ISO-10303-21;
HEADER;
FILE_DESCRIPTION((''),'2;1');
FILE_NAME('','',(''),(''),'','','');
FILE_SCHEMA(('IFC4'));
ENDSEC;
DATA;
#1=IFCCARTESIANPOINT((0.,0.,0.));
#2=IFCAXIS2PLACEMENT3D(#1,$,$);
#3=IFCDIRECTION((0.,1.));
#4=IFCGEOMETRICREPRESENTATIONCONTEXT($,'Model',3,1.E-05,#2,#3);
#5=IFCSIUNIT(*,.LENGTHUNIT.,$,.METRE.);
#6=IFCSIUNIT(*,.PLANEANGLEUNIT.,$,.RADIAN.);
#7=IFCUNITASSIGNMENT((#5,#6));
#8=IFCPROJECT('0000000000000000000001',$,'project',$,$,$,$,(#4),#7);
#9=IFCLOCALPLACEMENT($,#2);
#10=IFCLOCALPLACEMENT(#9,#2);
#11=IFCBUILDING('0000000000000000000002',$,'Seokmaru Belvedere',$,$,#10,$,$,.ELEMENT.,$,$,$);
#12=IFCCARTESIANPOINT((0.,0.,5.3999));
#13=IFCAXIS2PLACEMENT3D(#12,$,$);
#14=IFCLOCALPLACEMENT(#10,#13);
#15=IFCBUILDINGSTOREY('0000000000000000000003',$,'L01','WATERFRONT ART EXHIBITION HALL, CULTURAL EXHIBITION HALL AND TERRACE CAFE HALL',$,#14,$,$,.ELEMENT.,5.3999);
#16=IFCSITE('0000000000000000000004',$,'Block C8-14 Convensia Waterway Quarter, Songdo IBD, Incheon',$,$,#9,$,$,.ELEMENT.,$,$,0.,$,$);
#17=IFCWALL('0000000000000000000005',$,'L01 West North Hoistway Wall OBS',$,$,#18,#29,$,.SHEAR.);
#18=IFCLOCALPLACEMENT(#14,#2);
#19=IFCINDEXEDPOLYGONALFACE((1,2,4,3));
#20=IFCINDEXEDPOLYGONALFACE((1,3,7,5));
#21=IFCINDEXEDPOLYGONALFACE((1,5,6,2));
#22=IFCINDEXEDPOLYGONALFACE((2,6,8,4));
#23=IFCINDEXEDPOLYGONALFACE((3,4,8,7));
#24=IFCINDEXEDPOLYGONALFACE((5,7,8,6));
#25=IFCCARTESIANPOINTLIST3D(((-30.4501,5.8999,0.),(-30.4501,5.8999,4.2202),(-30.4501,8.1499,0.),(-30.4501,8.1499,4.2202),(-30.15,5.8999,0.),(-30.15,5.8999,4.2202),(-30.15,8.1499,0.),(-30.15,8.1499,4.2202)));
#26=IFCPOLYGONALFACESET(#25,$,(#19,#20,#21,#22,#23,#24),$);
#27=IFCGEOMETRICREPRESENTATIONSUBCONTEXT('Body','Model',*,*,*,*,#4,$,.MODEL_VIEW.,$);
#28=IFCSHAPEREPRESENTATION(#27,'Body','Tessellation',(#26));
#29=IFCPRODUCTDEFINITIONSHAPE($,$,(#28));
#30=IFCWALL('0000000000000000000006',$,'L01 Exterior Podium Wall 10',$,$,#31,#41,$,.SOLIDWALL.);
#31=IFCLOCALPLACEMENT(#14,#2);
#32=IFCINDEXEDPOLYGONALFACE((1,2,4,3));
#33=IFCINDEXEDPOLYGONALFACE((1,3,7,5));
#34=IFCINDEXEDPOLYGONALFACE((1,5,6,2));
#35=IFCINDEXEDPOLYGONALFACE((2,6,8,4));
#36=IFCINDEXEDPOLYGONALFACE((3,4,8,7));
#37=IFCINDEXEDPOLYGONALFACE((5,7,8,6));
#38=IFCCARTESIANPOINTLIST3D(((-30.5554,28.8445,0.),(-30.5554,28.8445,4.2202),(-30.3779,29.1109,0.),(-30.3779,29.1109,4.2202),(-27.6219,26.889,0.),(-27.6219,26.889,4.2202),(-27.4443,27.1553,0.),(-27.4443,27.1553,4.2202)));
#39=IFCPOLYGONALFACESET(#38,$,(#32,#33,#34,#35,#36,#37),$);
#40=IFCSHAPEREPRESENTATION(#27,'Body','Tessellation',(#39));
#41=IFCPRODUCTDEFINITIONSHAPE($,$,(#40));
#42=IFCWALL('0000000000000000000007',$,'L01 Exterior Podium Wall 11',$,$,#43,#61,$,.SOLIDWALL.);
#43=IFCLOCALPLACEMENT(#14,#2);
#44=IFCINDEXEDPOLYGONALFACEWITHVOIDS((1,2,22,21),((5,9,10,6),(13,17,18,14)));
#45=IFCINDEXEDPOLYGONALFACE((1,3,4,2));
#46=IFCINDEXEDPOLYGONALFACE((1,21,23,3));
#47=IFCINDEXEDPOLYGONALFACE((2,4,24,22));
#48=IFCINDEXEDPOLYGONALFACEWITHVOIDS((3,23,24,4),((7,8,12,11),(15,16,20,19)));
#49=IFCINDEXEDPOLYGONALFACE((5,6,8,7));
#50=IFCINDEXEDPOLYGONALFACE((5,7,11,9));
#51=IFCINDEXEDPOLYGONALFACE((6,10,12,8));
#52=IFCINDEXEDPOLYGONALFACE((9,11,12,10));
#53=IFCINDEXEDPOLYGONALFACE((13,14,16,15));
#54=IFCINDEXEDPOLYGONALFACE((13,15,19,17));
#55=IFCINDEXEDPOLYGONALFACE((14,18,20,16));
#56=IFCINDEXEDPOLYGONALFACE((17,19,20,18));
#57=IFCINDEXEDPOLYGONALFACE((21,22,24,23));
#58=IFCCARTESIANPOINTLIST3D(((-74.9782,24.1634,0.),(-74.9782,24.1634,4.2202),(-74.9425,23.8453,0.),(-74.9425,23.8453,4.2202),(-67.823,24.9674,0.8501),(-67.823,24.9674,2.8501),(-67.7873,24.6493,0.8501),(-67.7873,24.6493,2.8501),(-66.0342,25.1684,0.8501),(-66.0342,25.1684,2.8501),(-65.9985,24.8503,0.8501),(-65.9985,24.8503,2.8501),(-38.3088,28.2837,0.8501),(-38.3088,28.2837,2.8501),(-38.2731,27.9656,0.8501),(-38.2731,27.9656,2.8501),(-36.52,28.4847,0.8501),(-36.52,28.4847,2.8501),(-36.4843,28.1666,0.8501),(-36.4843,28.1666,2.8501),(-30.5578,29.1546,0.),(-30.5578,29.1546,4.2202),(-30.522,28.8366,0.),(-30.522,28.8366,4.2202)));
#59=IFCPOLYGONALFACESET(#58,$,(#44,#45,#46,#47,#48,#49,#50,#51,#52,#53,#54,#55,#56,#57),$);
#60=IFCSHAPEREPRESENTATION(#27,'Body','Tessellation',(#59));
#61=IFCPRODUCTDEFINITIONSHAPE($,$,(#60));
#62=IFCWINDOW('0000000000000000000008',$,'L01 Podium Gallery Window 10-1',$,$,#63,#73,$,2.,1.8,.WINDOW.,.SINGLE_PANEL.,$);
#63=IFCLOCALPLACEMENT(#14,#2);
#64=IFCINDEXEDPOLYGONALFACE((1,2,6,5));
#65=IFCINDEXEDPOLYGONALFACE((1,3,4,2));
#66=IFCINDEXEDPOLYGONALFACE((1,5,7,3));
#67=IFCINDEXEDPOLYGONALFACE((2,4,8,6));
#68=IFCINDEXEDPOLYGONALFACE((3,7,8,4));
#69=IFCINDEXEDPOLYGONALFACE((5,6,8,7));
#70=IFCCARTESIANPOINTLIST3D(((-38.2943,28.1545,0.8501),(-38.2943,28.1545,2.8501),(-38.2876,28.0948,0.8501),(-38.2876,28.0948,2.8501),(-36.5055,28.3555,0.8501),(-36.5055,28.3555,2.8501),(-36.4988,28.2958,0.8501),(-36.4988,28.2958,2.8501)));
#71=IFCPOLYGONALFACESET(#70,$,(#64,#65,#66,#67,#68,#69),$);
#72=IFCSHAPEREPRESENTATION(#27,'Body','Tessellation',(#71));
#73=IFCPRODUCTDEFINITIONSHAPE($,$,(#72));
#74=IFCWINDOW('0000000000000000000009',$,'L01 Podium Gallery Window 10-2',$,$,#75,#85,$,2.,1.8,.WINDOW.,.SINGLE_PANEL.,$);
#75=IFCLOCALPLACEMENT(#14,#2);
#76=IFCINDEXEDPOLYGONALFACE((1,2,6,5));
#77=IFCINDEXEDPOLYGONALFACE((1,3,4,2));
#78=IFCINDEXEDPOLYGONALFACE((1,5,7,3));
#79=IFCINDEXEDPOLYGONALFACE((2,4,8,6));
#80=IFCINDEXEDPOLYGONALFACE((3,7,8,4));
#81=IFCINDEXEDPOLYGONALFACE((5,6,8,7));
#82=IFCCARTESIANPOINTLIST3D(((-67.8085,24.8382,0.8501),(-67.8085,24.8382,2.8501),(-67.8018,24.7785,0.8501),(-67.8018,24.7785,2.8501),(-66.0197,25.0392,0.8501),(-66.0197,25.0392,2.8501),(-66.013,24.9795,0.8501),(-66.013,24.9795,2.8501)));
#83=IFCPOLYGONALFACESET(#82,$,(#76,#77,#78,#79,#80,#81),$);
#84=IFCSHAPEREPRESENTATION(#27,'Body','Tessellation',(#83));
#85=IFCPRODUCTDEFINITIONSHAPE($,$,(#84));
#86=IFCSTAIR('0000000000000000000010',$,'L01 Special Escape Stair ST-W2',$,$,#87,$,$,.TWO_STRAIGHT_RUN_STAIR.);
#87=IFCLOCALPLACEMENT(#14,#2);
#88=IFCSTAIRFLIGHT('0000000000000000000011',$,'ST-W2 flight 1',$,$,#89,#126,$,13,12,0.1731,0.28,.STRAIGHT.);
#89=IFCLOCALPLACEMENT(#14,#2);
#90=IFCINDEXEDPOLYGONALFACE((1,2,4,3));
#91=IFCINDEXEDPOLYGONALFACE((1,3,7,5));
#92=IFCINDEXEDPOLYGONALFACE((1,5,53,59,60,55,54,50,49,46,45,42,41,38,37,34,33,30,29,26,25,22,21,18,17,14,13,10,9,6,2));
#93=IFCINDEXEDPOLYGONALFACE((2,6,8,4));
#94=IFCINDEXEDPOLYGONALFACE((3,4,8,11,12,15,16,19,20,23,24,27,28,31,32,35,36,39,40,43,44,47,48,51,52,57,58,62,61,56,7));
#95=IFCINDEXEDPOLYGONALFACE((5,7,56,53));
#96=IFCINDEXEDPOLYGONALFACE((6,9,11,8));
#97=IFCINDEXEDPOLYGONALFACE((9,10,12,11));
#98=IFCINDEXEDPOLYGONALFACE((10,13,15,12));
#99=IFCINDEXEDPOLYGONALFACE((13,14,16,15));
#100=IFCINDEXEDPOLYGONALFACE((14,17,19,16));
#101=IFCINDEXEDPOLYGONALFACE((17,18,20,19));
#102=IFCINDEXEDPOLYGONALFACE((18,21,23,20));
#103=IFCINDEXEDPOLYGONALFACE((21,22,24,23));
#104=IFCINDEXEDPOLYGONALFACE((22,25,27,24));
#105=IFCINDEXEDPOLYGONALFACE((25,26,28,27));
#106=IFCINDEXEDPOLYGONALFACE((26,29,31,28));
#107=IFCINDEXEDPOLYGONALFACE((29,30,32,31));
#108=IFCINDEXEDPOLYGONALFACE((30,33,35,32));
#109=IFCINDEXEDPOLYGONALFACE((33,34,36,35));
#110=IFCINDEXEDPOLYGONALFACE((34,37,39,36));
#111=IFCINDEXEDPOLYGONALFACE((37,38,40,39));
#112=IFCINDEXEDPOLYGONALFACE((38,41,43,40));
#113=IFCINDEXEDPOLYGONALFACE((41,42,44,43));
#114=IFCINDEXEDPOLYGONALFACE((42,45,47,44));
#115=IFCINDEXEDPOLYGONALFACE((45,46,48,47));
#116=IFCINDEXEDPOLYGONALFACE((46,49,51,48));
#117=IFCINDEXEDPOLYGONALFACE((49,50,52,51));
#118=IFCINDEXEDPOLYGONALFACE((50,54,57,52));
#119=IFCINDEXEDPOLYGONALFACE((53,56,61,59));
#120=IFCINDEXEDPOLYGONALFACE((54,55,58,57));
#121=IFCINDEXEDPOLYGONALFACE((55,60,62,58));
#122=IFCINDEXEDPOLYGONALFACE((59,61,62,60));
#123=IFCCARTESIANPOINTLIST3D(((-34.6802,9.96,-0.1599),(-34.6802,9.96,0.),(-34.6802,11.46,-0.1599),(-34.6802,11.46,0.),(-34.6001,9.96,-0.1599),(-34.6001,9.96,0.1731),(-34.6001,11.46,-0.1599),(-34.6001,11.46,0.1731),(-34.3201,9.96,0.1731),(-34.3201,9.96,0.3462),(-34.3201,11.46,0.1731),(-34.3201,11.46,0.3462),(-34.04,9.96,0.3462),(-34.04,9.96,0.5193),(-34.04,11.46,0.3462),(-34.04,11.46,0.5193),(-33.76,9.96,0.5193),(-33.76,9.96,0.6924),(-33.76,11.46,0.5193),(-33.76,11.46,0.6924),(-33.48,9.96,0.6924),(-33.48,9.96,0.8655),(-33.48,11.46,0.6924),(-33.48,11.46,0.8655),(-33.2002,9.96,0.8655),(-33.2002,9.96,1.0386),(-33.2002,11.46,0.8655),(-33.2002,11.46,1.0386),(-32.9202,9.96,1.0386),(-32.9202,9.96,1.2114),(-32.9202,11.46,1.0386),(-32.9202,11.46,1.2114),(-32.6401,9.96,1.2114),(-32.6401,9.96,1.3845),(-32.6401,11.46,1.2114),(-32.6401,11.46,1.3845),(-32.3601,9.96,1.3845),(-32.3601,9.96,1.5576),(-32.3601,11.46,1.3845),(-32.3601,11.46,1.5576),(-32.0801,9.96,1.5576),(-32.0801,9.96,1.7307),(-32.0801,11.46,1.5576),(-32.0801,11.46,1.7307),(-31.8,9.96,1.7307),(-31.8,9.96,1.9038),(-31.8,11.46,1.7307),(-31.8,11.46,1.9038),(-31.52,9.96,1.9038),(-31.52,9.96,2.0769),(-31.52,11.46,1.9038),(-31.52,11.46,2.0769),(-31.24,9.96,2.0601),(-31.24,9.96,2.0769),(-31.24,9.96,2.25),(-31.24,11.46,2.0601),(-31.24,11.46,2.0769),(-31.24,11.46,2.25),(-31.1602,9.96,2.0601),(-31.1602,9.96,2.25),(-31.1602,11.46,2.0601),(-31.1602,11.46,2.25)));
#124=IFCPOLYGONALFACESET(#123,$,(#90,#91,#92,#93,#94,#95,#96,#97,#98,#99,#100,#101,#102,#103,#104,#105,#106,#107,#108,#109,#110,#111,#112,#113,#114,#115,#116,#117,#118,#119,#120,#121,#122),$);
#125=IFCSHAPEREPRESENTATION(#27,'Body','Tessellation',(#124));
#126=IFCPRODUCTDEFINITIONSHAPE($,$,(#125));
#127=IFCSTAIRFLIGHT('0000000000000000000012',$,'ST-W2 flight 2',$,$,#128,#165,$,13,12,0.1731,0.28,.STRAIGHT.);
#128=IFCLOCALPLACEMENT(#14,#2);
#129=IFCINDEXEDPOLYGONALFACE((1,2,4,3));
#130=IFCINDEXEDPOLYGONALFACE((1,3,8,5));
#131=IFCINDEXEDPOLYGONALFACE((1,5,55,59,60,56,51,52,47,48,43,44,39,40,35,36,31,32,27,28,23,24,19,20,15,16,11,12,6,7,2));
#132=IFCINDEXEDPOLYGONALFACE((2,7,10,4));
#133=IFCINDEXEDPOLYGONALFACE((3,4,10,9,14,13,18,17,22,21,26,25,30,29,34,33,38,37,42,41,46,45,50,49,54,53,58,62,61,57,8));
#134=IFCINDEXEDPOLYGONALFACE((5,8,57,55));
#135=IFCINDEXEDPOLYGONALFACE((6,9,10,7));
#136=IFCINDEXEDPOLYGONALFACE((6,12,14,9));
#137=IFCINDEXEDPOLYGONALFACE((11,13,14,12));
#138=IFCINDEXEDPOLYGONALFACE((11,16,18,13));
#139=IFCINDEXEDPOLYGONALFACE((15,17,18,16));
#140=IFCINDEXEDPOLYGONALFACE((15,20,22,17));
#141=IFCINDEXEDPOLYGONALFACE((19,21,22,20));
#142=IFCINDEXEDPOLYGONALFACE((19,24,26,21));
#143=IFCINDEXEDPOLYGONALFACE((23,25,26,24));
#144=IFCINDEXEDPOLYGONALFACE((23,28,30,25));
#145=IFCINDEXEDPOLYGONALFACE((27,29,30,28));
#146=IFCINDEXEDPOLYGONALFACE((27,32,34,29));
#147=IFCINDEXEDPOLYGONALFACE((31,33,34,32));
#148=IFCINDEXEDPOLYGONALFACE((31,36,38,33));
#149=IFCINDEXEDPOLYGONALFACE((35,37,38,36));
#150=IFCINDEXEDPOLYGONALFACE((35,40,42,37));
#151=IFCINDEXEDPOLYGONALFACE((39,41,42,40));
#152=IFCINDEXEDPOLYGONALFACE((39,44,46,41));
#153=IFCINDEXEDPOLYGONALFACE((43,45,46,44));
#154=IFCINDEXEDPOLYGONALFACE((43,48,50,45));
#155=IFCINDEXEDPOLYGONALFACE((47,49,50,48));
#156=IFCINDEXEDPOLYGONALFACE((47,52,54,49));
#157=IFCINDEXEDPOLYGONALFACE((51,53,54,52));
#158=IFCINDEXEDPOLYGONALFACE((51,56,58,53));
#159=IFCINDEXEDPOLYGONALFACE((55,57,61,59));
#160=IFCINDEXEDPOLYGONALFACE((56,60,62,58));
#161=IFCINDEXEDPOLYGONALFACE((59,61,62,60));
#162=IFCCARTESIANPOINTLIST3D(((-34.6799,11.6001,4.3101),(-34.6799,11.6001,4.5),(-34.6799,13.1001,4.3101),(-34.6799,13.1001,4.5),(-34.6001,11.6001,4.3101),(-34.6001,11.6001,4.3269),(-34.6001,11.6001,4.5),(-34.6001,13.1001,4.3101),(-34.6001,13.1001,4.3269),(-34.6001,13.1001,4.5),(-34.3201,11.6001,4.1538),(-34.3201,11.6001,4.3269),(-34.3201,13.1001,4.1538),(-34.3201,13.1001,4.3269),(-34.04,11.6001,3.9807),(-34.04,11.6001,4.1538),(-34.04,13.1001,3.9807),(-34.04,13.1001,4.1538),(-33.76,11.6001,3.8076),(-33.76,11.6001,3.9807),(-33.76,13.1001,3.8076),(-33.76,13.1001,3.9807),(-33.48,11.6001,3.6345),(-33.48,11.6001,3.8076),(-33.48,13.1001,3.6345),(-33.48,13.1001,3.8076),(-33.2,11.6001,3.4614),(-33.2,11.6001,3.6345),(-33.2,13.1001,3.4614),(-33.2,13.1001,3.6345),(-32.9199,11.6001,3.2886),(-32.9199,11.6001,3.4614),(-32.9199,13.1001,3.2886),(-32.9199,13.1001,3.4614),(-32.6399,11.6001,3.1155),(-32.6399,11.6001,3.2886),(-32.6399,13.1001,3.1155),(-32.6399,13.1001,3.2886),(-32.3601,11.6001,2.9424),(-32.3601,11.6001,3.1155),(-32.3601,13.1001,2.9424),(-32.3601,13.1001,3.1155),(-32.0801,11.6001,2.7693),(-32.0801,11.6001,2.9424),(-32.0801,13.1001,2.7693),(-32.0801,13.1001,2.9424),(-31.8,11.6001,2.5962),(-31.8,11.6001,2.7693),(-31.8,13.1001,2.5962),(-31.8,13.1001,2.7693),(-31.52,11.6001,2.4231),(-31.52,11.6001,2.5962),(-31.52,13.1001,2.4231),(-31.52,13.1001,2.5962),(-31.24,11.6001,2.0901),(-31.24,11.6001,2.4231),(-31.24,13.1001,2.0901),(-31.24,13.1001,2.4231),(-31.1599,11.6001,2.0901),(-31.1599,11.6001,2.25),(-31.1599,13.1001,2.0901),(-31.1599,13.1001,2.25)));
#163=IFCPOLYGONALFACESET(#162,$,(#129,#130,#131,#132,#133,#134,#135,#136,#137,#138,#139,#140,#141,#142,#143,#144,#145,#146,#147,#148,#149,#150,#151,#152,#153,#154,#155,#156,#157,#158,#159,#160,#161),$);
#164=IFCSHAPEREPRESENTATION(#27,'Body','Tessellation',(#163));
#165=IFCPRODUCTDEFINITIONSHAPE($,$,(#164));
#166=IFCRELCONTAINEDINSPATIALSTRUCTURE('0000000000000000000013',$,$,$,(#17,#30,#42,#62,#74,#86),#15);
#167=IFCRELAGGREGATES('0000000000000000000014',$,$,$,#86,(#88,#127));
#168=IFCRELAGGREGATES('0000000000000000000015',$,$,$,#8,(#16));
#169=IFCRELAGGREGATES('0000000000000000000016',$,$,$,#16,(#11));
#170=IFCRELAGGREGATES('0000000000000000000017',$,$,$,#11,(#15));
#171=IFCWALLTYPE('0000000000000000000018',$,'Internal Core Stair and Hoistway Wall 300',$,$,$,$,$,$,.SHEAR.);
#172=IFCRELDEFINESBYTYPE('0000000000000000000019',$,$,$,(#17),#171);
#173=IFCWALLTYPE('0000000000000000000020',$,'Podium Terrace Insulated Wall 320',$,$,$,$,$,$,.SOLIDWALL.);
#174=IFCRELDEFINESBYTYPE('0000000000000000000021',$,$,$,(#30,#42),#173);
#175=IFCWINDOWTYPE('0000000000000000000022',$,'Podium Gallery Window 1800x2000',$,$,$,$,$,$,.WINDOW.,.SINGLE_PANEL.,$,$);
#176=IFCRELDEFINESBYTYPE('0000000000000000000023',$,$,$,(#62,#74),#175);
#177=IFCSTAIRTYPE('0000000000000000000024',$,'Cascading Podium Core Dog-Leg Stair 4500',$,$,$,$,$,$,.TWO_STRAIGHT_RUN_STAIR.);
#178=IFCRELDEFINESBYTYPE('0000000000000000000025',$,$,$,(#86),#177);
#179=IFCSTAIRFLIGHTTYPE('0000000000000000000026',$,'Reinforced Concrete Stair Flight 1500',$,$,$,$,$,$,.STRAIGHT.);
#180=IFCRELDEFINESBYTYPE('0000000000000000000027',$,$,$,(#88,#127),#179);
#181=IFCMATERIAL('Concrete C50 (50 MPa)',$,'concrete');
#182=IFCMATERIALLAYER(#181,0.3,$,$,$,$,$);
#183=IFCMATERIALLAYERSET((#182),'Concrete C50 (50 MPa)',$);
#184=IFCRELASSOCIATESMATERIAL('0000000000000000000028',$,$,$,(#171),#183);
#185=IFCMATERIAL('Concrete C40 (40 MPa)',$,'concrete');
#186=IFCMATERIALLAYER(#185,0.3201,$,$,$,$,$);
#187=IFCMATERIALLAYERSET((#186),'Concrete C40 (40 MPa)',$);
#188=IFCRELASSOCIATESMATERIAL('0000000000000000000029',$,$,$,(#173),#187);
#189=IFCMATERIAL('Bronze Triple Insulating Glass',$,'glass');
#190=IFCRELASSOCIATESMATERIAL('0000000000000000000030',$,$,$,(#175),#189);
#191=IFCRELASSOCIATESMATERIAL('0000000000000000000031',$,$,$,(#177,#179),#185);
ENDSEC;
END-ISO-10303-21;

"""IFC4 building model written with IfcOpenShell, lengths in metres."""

from ifc_helpers import new_model, si_unit, direction, frame, frame_2d, origin, place, context, subcontext, project, spatial, polyline, rectangle, outline, extrude, source, transform, mapped, material, layer, layer_set, type_object, type_shapes, element, fill, aggregate, save


model = new_model("IFC4")

# Units and contexts
model_context = context("Model", 3, precision=1e-05, world=origin(), true_north=direction((0.0, 1.0)))
body_context = subcontext(model_context, "Body", "Model", "MODEL_VIEW")
ifc_project = project(units=[si_unit("LENGTHUNIT", "METRE"), si_unit("PLANEANGLEUNIT", "RADIAN")], contexts=[model_context])

# Site, building, storey
site_placement = place(None, origin())
site = spatial("IfcSite", under=ifc_project, at=site_placement, Name="Block C8-14 Convensia Waterway Quarter, Songdo IBD, Incheon", CompositionType="ELEMENT", RefElevation=0.0)
building_placement = place(site_placement, origin())
building = spatial("IfcBuilding", under=site, at=building_placement, Name="Seokmaru Belvedere", CompositionType="ELEMENT")
storey_placement = place(building_placement, frame((0.0, 0.0, 5.3999)))
storey = spatial("IfcBuildingStorey", under=building, at=storey_placement, Name="L01", Description="WATERFRONT ART EXHIBITION HALL, CULTURAL EXHIBITION HALL AND TERRACE CAFE HALL", CompositionType="ELEMENT", Elevation=5.3999)

# Shared definitions
ifc_material_1 = material(Name="Concrete C50 (50 MPa)", Category="concrete")

# Wall
ifc_layer_1 = layer(ifc_material_1, 0.3)
ifc_layer_set_1 = layer_set([ifc_layer_1], Name="Concrete C50 (50 MPa)")
wall_type_1 = type_object("IfcWallType", Name="Internal Core Stair and Hoistway Wall 300", PredefinedType="SHEAR", material=ifc_layer_set_1)
wall_1_placement = place(storey_placement, frame((-30.3, 5.8999, 0.0), z_axis=(0.0, 0.0, 1.0), x_axis=(0.0, 1.0, 0.0)))
element("IfcWall", 1, at=wall_1_placement, inside=storey, type_object=wall_type_1, Name="L01 West North Hoistway Wall OBS", PredefinedType="SHEAR", context=body_context, shape_type="SweptSolid", body=[
    extrude(rectangle(XDim=2.25, YDim=0.3, at=frame_2d((1.125, 0.0))), origin(), (0.0, 0.0, 1.0), 4.2202),
])

# Wall
ifc_material_2 = material(Name="Concrete C40 (40 MPa)", Category="concrete")
ifc_layer_2 = layer(ifc_material_2, 0.3201)
ifc_layer_set_2 = layer_set([ifc_layer_2], Name="Concrete C40 (40 MPa)")
wall_type_2 = type_object("IfcWallType", Name="Podium Terrace Insulated Wall 320", PredefinedType="SOLIDWALL", material=ifc_layer_set_2)
wall_2_placement = place(storey_placement, frame((-27.5332, 27.0222, 0.0), z_axis=(0.0, 0.0, 1.0), x_axis=(-0.832072, 0.554668, 0.0)))
element("IfcWall", 2, at=wall_2_placement, inside=storey, type_object=wall_type_2, Name="L01 Exterior Podium Wall 10", PredefinedType="SOLIDWALL", context=body_context, shape_type="SweptSolid", body=[
    extrude(rectangle(XDim=3.5256, YDim=0.3201, at=frame_2d((1.7627, 0.0))), origin(), (0.0, 0.0, 1.0), 4.2202),
])

# Wall, openings, windows
wall_3_placement = place(storey_placement, frame((-30.5398, 28.9956, 0.0), z_axis=(0.0, 0.0, 1.0), x_axis=(-0.993746, -0.11166, 0.0)))
wall_3 = element("IfcWall", 3, at=wall_3_placement, inside=storey, type_object=wall_type_2, Name="L01 Exterior Podium Wall 11", PredefinedType="SOLIDWALL", context=body_context, shape_type="SweptSolid", body=[
    extrude(rectangle(XDim=44.7, YDim=0.3201, at=frame_2d((22.3501, 0.0))), origin(), (0.0, 0.0, 1.0), 4.2202),
])
opening_1_placement = place(wall_3_placement, frame((6.0, 0.0, 0.8501)))
opening_1 = element("IfcOpeningElement", 4, at=opening_1_placement, cuts=wall_3, PredefinedType="OPENING", context=body_context, shape_type="SweptSolid", body=[
    extrude(rectangle(XDim=1.8, YDim=2.0, at=frame_2d((0.8999, 1.0))), frame((0.0, 0.1699, 0.0), z_axis=(0.0, -1.0, 0.0), x_axis=(1.0, 0.0, 0.0)), (0.0, 0.0, 1.0), 0.3401),
])
opening_2_placement = place(wall_3_placement, frame((35.7, 0.0, 0.8501)))
opening_2 = element("IfcOpeningElement", 5, at=opening_2_placement, cuts=wall_3, PredefinedType="OPENING", context=body_context, shape_type="SweptSolid", body=[
    extrude(rectangle(XDim=1.8, YDim=2.0, at=frame_2d((0.8999, 1.0))), frame((0.0, 0.1699, 0.0), z_axis=(0.0, -1.0, 0.0), x_axis=(1.0, 0.0, 0.0)), (0.0, 0.0, 1.0), 0.3401),
])
ifc_material_3 = material(Name="Bronze Triple Insulating Glass", Category="glass")
window_type = type_object("IfcWindowType", Name="Podium Gallery Window 1800x2000", PartitioningType="SINGLE_PANEL", PredefinedType="WINDOW", material=ifc_material_3)
shared_shape_1 = source(origin(), body_context, "Body", "SweptSolid", [
    extrude(rectangle(XDim=1.8, YDim=2.0, at=frame_2d((0.8999, 1.0))), frame((0.0, 0.03, 0.0), z_axis=(0.0, -1.0, 0.0), x_axis=(1.0, 0.0, 0.0)), (0.0, 0.0, 1.0), 0.0601),
])
type_shapes(window_type, [shared_shape_1])
window_1_placement = place(opening_1_placement, origin())
window_1 = element("IfcWindow", 6, at=window_1_placement, inside=storey, type_object=window_type, Name="L01 Podium Gallery Window 10-1", OverallHeight=2.0, OverallWidth=1.8, PartitioningType="SINGLE_PANEL", PredefinedType="WINDOW", context=body_context, shape_type="MappedRepresentation", body=[
    mapped(shared_shape_1, transform((0.0, 0.0, 0.0), scale=1.0)),
])
fill(opening_1, window_1)
window_2_placement = place(opening_2_placement, origin())
window_2 = element("IfcWindow", 7, at=window_2_placement, inside=storey, type_object=window_type, Name="L01 Podium Gallery Window 10-2", OverallHeight=2.0, OverallWidth=1.8, PartitioningType="SINGLE_PANEL", PredefinedType="WINDOW", context=body_context, shape_type="MappedRepresentation", body=[
    mapped(shared_shape_1, transform((0.0, 0.0, 0.0), scale=1.0)),
])
fill(opening_2, window_2)

# Stair, stair flights
stair_type = type_object("IfcStairType", Name="Cascading Podium Core Dog-Leg Stair 4500", PredefinedType="TWO_STRAIGHT_RUN_STAIR", material=ifc_material_2)
stair_placement = place(storey_placement, origin())
stair = element("IfcStair", 8, at=stair_placement, inside=storey, type_object=stair_type, Name="L01 Special Escape Stair ST-W2", PredefinedType="TWO_STRAIGHT_RUN_STAIR")
stair_flight_type = type_object("IfcStairFlightType", Name="Reinforced Concrete Stair Flight 1500", PredefinedType="STRAIGHT", material=ifc_material_2)
stair_flight_1_placement = place(storey_placement, frame((-34.6001, 10.71, 0.0), z_axis=(0.0, 0.0, 1.0), x_axis=(1.0, 0.0, 0.0)))
stair_flight_1 = element("IfcStairFlight", 9, at=stair_flight_1_placement, type_object=stair_flight_type, Name="ST-W2 flight 1", NumberOfRisers=13, NumberOfTreads=12, PredefinedType="STRAIGHT", RiserHeight=0.1731, TreadLength=0.28, context=body_context, shape_type="SweptSolid", body=[
    extrude(outline(polyline([(-0.0801, 0.0), (0.0, 0.1731), (0.28, 0.1731), (0.28, 0.3462), (0.5601, 0.3462), (0.5601, 0.5193), (0.8401, 0.5193), (0.8401, 0.6924), (1.1201, 0.6924), (1.1201, 0.8655), (1.3999, 0.8655), (1.3999, 1.0386), (1.6799, 1.0386), (1.6799, 1.2114), (1.96, 1.2114), (1.96, 1.3845), (2.24, 1.3845), (2.24, 1.5576), (2.52, 1.5576), (2.52, 1.7307), (2.8, 1.7307), (2.8, 1.9038), (3.0801, 1.9038), (3.0801, 2.0769), (3.3601, 2.0769), (3.3601, 2.25), (3.4399, 2.25), (3.4399, 2.0601), (3.3601, 2.0601), (0.0, -0.1599), (-0.0801, -0.1599), (-0.0801, 0.0)])), frame((0.0, 0.75, 0.0), z_axis=(0.0, -1.0, 0.0), x_axis=(1.0, 0.0, 0.0)), (0.0, 0.0, 1.0), 1.5),
])
stair_flight_2_placement = place(storey_placement, frame((-31.24, 12.3501, 2.25), z_axis=(0.0, 0.0, 1.0), x_axis=(-1.0, 0.0, 0.0)))
stair_flight_2 = element("IfcStairFlight", 10, at=stair_flight_2_placement, type_object=stair_flight_type, Name="ST-W2 flight 2", NumberOfRisers=13, NumberOfTreads=12, PredefinedType="STRAIGHT", RiserHeight=0.1731, TreadLength=0.28, context=body_context, shape_type="SweptSolid", body=[
    extrude(outline(polyline([(-0.0801, 0.0), (0.0, 0.1731), (0.28, 0.1731), (0.28, 0.3462), (0.5601, 0.3462), (0.5601, 0.5193), (0.8401, 0.5193), (0.8401, 0.6924), (1.1201, 0.6924), (1.1201, 0.8655), (1.3999, 0.8655), (1.3999, 1.0386), (1.6799, 1.0386), (1.6799, 1.2114), (1.96, 1.2114), (1.96, 1.3845), (2.24, 1.3845), (2.24, 1.5576), (2.52, 1.5576), (2.52, 1.7307), (2.8, 1.7307), (2.8, 1.9038), (3.0801, 1.9038), (3.0801, 2.0769), (3.3601, 2.0769), (3.3601, 2.25), (3.4399, 2.25), (3.4399, 2.0601), (3.3601, 2.0601), (0.0, -0.1599), (-0.0801, -0.1599), (-0.0801, 0.0)])), frame((0.0, 0.75, 0.0), z_axis=(0.0, -1.0, 0.0), x_axis=(1.0, 0.0, 0.0)), (0.0, 0.0, 1.0), 1.5),
])
aggregate(stair, [stair_flight_1, stair_flight_2])

save(model, "model.ifc")
